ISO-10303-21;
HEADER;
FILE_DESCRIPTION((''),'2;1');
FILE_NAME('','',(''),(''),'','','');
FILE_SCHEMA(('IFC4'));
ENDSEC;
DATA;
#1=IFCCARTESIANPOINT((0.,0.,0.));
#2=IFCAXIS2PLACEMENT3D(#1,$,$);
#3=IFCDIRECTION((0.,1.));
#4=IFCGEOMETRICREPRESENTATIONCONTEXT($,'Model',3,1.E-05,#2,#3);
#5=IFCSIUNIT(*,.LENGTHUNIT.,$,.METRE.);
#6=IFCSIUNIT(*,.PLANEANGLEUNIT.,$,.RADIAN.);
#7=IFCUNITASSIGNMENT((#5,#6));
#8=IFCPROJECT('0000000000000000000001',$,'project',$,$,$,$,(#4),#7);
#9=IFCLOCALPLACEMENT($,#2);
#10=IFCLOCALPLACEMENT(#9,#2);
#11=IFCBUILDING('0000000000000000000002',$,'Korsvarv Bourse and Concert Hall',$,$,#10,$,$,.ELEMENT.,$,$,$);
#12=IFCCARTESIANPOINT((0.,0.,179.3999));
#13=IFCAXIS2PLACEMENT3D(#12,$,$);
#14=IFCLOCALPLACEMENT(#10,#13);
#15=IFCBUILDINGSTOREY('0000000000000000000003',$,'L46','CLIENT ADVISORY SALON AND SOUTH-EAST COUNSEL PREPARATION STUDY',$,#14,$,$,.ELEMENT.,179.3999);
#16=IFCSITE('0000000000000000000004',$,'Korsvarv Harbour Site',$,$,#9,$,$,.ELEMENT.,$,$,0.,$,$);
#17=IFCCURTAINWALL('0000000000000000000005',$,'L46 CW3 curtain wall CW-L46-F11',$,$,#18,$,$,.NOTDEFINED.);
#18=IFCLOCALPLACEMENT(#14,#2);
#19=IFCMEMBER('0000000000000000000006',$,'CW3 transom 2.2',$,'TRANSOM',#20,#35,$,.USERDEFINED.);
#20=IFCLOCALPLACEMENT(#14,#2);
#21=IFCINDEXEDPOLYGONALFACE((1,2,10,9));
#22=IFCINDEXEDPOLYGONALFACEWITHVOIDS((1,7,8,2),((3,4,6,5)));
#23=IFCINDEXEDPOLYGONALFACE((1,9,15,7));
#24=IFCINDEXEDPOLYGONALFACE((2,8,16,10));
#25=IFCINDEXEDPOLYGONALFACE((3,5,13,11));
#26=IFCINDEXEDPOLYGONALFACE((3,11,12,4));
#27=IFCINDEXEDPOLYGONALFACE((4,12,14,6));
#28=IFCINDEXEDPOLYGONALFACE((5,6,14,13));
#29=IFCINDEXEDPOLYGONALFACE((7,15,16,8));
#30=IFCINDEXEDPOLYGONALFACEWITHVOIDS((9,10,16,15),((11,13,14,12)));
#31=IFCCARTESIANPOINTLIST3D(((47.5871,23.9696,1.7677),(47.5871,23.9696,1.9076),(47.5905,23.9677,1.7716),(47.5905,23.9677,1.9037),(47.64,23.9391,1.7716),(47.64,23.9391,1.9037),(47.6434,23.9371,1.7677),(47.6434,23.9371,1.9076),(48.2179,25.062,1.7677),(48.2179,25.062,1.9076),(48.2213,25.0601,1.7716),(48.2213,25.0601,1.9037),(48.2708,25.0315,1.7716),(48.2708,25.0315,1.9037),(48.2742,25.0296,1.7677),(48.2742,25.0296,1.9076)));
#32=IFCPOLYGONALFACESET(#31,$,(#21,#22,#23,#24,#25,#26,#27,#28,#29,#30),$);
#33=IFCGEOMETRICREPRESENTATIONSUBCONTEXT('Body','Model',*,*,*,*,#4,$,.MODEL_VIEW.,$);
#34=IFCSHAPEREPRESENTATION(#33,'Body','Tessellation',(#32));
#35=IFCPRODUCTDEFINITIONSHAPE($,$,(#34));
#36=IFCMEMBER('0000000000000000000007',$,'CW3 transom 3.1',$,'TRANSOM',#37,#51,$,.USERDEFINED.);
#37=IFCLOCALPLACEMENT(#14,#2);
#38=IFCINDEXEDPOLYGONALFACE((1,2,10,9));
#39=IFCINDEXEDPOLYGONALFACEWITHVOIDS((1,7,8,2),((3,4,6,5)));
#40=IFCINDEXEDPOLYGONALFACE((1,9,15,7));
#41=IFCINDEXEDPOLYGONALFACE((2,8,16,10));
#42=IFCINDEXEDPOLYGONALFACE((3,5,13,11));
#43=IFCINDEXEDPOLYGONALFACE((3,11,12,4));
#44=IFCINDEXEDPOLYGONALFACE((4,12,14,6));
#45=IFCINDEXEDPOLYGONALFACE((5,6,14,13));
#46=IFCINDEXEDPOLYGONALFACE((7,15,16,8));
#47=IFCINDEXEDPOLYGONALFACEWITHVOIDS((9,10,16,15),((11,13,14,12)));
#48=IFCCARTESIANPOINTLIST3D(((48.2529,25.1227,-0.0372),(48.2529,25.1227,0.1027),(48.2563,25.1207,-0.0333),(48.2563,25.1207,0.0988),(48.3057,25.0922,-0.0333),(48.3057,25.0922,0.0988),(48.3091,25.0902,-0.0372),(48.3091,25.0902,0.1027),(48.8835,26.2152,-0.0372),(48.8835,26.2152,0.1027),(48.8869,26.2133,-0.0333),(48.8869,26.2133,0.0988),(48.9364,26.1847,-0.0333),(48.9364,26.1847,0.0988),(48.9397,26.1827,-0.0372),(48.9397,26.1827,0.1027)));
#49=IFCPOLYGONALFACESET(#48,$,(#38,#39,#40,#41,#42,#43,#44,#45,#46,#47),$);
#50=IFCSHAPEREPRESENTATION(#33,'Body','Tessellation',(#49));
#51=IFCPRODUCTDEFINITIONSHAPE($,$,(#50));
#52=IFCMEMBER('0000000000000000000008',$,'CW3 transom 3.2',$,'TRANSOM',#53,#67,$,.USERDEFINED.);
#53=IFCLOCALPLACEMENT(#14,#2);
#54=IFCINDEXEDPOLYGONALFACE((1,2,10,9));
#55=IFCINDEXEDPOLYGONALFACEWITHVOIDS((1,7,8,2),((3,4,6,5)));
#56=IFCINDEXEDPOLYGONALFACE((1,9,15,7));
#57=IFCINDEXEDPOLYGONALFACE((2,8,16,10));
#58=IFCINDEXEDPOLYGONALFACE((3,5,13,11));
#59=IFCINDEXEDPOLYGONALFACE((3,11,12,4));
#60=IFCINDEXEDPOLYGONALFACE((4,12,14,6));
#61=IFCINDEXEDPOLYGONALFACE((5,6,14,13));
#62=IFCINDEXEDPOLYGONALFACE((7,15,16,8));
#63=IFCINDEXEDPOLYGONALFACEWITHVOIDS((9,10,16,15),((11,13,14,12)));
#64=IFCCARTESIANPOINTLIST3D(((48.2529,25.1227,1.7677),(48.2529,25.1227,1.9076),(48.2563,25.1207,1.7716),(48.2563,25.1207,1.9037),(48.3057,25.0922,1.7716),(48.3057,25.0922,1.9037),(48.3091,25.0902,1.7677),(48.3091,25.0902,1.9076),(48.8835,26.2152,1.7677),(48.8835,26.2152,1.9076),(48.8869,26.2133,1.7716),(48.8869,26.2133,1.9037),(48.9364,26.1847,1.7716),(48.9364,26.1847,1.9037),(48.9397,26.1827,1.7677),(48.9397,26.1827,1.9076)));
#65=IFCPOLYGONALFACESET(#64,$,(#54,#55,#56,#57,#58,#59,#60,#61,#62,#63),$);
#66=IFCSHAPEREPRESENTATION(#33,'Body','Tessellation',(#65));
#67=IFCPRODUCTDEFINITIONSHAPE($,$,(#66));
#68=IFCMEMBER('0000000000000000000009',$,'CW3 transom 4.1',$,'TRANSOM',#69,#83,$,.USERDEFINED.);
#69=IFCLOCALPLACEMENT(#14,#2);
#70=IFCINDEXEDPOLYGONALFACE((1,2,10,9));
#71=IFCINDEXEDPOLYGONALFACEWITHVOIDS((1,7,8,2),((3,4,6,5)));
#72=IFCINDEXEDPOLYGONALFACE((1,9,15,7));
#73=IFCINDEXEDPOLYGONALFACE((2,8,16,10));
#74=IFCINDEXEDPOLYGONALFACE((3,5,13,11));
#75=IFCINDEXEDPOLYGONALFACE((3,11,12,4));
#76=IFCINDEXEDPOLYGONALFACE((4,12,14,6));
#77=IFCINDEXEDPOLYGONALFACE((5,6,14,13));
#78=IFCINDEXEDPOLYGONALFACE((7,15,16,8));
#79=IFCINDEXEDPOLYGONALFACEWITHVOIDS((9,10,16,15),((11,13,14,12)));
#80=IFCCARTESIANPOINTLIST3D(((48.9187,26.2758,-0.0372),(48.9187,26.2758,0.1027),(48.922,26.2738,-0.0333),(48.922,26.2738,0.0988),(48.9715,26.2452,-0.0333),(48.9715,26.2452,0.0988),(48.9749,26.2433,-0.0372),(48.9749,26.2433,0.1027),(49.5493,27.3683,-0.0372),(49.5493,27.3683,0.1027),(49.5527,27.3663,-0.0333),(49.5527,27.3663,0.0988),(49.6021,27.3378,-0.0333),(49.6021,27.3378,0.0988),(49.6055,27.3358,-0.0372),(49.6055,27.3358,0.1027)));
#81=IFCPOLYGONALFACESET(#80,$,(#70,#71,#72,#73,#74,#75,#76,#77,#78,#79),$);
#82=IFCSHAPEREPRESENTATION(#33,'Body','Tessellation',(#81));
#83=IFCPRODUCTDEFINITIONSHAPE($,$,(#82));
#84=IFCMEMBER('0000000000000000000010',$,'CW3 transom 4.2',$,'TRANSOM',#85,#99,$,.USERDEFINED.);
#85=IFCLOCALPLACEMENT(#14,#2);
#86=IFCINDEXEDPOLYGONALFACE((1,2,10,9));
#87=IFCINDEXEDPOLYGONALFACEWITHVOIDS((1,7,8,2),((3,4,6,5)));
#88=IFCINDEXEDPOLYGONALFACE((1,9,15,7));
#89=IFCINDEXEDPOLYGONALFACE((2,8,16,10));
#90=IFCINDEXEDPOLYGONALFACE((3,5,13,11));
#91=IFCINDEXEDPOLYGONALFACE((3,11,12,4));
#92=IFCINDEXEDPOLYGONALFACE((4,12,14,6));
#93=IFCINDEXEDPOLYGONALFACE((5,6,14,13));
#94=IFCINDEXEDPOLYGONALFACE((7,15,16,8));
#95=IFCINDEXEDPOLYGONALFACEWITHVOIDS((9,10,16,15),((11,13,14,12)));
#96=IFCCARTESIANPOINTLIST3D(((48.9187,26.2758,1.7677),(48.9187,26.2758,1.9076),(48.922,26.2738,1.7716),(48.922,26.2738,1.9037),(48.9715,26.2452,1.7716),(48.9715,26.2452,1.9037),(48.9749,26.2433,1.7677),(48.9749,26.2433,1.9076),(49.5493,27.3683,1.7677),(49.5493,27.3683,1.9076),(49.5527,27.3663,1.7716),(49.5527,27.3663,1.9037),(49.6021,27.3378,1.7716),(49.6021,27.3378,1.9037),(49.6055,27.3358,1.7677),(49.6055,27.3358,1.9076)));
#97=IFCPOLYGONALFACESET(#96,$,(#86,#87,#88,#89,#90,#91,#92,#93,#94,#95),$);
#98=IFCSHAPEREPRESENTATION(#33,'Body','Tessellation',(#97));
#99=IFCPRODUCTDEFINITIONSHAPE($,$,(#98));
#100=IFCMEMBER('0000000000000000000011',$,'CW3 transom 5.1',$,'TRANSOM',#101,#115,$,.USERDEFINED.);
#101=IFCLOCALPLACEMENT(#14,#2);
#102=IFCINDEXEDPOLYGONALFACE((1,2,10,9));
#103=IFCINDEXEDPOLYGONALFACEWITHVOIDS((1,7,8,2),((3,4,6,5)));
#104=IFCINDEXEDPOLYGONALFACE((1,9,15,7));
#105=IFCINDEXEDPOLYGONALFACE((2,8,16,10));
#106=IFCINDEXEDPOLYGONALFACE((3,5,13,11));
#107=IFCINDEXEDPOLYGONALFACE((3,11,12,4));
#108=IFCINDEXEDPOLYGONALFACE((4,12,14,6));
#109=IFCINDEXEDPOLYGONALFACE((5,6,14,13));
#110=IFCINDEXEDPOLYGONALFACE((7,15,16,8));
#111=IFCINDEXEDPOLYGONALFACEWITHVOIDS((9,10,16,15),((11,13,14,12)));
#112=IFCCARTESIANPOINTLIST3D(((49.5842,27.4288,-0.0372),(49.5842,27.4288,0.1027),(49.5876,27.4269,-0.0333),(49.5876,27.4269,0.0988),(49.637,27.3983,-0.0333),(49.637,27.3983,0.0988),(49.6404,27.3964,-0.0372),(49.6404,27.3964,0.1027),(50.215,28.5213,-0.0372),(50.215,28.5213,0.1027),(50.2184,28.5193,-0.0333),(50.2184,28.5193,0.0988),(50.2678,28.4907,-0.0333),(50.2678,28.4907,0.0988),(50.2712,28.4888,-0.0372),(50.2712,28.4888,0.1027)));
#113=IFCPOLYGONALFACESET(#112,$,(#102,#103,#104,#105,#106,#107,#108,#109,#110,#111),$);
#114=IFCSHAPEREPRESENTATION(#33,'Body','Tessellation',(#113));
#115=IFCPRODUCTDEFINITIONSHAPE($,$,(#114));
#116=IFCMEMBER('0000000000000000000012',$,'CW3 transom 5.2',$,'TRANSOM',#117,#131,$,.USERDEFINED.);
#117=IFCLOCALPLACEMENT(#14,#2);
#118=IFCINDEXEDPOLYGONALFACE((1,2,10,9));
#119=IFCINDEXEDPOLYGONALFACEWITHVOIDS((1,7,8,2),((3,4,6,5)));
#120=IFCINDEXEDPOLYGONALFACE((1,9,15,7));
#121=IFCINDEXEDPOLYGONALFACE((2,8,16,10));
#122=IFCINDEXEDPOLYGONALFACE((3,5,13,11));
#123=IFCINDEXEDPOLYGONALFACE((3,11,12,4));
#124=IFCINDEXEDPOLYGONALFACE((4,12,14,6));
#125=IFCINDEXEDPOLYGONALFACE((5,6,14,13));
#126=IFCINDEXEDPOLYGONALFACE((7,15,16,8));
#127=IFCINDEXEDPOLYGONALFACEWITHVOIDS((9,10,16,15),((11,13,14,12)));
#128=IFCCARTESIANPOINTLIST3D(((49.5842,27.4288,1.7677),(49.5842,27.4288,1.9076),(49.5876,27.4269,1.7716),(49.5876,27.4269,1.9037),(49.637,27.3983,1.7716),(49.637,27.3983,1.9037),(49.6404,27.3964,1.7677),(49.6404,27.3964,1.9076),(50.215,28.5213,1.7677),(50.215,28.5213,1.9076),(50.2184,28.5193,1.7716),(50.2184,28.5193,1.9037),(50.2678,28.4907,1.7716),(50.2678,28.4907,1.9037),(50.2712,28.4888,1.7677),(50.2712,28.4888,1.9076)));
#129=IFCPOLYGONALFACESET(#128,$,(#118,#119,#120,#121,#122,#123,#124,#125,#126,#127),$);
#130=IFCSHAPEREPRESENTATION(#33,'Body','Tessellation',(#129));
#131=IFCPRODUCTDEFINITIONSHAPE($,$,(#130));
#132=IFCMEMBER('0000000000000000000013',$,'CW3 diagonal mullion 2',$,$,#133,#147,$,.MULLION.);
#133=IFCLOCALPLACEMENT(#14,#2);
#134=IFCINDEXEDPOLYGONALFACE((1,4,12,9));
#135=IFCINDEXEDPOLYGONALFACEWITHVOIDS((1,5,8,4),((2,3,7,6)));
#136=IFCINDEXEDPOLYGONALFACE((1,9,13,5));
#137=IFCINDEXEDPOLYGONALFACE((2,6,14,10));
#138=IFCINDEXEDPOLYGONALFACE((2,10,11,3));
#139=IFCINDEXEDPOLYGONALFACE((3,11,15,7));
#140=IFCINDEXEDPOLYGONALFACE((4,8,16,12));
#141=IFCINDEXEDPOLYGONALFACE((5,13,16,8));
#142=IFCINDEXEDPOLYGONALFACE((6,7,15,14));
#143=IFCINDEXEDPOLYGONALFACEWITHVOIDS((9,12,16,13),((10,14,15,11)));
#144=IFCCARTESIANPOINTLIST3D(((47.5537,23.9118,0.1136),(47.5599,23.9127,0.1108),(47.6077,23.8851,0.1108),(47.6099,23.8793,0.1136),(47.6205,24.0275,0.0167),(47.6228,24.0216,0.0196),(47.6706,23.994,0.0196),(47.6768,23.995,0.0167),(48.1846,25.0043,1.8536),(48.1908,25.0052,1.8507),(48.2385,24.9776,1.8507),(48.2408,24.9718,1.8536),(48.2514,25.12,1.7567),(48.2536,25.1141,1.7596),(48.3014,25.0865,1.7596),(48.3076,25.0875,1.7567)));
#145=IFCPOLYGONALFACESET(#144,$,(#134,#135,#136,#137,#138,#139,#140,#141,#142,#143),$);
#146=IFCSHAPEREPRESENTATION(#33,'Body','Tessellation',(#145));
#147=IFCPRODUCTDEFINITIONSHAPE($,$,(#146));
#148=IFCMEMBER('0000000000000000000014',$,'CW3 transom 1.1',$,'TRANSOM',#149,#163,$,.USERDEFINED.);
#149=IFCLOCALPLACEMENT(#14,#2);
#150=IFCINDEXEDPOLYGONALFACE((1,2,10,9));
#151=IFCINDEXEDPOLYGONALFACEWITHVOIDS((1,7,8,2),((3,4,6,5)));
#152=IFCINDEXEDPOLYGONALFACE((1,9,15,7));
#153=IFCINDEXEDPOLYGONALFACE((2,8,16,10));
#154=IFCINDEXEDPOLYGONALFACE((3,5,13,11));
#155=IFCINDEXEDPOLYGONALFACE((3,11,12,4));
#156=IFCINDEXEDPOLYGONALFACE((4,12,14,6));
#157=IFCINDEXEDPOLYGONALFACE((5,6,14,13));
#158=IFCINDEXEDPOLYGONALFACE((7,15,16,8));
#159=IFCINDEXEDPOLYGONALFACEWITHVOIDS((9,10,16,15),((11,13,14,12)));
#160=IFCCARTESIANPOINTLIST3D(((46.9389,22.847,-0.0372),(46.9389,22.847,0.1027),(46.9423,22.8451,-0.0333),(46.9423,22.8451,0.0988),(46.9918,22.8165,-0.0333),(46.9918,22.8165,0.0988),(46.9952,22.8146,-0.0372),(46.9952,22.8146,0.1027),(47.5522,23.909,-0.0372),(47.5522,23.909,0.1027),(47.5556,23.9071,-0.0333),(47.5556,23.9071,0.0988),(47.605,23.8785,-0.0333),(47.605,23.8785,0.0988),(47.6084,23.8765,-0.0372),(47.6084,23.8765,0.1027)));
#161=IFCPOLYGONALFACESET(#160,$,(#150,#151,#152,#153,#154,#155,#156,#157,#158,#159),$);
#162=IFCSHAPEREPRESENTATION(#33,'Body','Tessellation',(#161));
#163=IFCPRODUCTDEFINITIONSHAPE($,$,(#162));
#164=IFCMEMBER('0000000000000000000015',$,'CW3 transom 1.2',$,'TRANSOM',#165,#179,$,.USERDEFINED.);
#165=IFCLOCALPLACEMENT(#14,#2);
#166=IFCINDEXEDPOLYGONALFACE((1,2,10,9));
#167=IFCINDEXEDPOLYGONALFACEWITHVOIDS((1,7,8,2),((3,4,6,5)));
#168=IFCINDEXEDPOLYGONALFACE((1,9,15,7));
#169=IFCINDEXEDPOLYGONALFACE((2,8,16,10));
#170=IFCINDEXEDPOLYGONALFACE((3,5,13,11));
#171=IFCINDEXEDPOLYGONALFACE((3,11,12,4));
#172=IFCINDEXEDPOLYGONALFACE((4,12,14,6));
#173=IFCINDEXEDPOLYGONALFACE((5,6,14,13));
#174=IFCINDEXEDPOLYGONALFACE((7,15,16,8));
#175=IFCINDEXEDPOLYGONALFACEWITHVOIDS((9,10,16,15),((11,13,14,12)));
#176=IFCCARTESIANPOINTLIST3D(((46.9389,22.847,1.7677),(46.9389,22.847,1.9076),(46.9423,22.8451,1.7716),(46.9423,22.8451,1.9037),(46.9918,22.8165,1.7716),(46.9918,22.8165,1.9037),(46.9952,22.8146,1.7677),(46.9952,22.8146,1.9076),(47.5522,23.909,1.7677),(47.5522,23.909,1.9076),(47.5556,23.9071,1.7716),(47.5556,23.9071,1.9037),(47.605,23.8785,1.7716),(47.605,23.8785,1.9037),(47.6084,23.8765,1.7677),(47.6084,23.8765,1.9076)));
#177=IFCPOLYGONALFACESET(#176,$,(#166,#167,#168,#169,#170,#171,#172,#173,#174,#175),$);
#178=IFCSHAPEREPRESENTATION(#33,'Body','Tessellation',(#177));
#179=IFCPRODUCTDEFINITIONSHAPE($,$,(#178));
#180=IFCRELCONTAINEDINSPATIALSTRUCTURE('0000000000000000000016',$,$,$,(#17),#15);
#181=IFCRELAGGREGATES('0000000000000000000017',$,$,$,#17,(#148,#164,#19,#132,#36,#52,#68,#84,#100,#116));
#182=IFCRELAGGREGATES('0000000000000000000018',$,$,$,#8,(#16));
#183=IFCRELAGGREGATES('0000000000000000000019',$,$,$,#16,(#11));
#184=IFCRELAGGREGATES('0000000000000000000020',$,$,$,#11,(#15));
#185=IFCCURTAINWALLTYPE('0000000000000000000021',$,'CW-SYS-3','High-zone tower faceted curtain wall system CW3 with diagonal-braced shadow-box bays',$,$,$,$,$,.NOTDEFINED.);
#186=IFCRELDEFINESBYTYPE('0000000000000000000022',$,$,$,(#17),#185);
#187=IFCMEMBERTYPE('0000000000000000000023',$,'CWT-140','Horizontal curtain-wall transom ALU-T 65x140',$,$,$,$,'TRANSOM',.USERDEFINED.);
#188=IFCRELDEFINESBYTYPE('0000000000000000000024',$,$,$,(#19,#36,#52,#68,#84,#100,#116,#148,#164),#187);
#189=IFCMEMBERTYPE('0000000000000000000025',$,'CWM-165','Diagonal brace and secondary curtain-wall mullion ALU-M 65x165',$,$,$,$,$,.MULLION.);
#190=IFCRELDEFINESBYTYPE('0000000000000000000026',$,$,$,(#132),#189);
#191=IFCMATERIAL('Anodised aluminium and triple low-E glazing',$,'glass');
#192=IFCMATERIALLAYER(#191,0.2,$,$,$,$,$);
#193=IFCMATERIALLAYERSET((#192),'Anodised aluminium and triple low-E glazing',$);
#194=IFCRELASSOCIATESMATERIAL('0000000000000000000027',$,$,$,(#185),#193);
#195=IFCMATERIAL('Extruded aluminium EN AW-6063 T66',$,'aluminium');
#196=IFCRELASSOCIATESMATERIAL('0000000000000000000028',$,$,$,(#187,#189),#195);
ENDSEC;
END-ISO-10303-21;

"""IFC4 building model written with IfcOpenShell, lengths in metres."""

from ifc_helpers import new_model, si_unit, direction, frame, origin, origin_2d, place, context, subcontext, project, spatial, hollow_rectangle, extrude, source, transform, mapped, material, layer, layer_set, material_profile, profile_set, type_object, element, aggregate, save


model = new_model("IFC4")

# Units and contexts
model_context = context("Model", 3, precision=1e-05, world=origin(), true_north=direction((0.0, 1.0)))
body_context = subcontext(model_context, "Body", "Model", "MODEL_VIEW")
ifc_project = project(units=[si_unit("LENGTHUNIT", "METRE"), si_unit("PLANEANGLEUNIT", "RADIAN")], contexts=[model_context])

# Site, building, storey
site_placement = place(None, origin())
site = spatial("IfcSite", under=ifc_project, at=site_placement, Name="Korsvarv Harbour Site", CompositionType="ELEMENT", RefElevation=0.0)
building_placement = place(site_placement, origin())
building = spatial("IfcBuilding", under=site, at=building_placement, Name="Korsvarv Bourse and Concert Hall", CompositionType="ELEMENT")
storey_placement = place(building_placement, frame((0.0, 0.0, 179.3999)))
storey = spatial("IfcBuildingStorey", under=building, at=storey_placement, Name="L46", Description="CLIENT ADVISORY SALON AND SOUTH-EAST COUNSEL PREPARATION STUDY", CompositionType="ELEMENT", Elevation=179.3999)

# Curtain wall, members
ifc_material_1 = material(Name="Anodised aluminium and triple low-E glazing", Category="glass")
ifc_layer_1 = layer(ifc_material_1, 0.2)
ifc_layer_set_1 = layer_set([ifc_layer_1], Name="Anodised aluminium and triple low-E glazing")
curtain_wall_type = type_object("IfcCurtainWallType", Name="CW-SYS-3", Description="High-zone tower faceted curtain wall system CW3 with diagonal-braced shadow-box bays", PredefinedType="NOTDEFINED", material=ifc_layer_set_1)
curtain_wall_placement = place(storey_placement, origin())
curtain_wall = element("IfcCurtainWall", 1, at=curtain_wall_placement, inside=storey, type_object=curtain_wall_type, Name="L46 CW3 curtain wall CW-L46-F11", PredefinedType="NOTDEFINED")
ifc_material_2 = material(Name="Extruded aluminium EN AW-6063 T66", Category="aluminium")
ifc_material_profile_1 = material_profile(ifc_material_2, hollow_rectangle(XDim=0.0649, YDim=0.1399, WallThickness=0.0039, at=origin_2d()), Name="ALU-T 65x140")
ifc_profile_set_1 = profile_set([ifc_material_profile_1], Name="Extruded aluminium EN AW-6063 T66")
member_type_1 = type_object("IfcMemberType", Name="CWT-140", Description="Horizontal curtain-wall transom ALU-T 65x140", ElementType="TRANSOM", PredefinedType="USERDEFINED", material=ifc_profile_set_1)
shared_shape_1 = source(origin(), body_context, "Body", "SweptSolid", [
    extrude(hollow_rectangle(XDim=0.0649, YDim=0.1399, WallThickness=0.0039, at=origin_2d()), origin(), (0.0, 0.0, 1.0), 1.2615),
])
member_1_placement = place(storey_placement, frame((47.6152, 23.9534, 1.8376), z_axis=(0.500052, 0.865995, 0.0), x_axis=(-0.865995, 0.500052, 0.0)))
member_1 = element("IfcMember", 2, at=member_1_placement, type_object=member_type_1, Name="CW3 transom 2.2", ObjectType="TRANSOM", PredefinedType="USERDEFINED", context=body_context, shape_type="MappedRepresentation", body=[
    mapped(shared_shape_1, transform((0.0, 0.0, 0.0), scale=1.0)),
])
member_2_placement = place(storey_placement, frame((48.281, 25.1064, 0.0327), z_axis=(0.499907, 0.866079, 0.0), x_axis=(-0.866079, 0.499907, 0.0)))
member_2 = element("IfcMember", 3, at=member_2_placement, type_object=member_type_1, Name="CW3 transom 3.1", ObjectType="TRANSOM", PredefinedType="USERDEFINED", context=body_context, shape_type="MappedRepresentation", body=[
    mapped(shared_shape_1, transform((0.0, 0.0, 0.0), scale=1.0)),
])
member_3_placement = place(storey_placement, frame((48.281, 25.1064, 1.8376), z_axis=(0.499907, 0.866079, 0.0), x_axis=(-0.866079, 0.499907, 0.0)))
member_3 = element("IfcMember", 4, at=member_3_placement, type_object=member_type_1, Name="CW3 transom 3.2", ObjectType="TRANSOM", PredefinedType="USERDEFINED", context=body_context, shape_type="MappedRepresentation", body=[
    mapped(shared_shape_1, transform((0.0, 0.0, 0.0), scale=1.0)),
])
member_4_placement = place(storey_placement, frame((48.9468, 26.2595, 0.0327), z_axis=(0.499907, 0.866079, 0.0), x_axis=(-0.866079, 0.499907, 0.0)))
member_4 = element("IfcMember", 5, at=member_4_placement, type_object=member_type_1, Name="CW3 transom 4.1", ObjectType="TRANSOM", PredefinedType="USERDEFINED", context=body_context, shape_type="MappedRepresentation", body=[
    mapped(shared_shape_1, transform((0.0, 0.0, 0.0), scale=1.0)),
])
member_5_placement = place(storey_placement, frame((48.9468, 26.2595, 1.8376), z_axis=(0.499907, 0.866079, 0.0), x_axis=(-0.866079, 0.499907, 0.0)))
member_5 = element("IfcMember", 6, at=member_5_placement, type_object=member_type_1, Name="CW3 transom 4.2", ObjectType="TRANSOM", PredefinedType="USERDEFINED", context=body_context, shape_type="MappedRepresentation", body=[
    mapped(shared_shape_1, transform((0.0, 0.0, 0.0), scale=1.0)),
])
member_6_placement = place(storey_placement, frame((49.6123, 27.4126, 0.0327), z_axis=(0.500052, 0.865995, 0.0), x_axis=(-0.865995, 0.500052, 0.0)))
member_6 = element("IfcMember", 7, at=member_6_placement, type_object=member_type_1, Name="CW3 transom 5.1", ObjectType="TRANSOM", PredefinedType="USERDEFINED", context=body_context, shape_type="MappedRepresentation", body=[
    mapped(shared_shape_1, transform((0.0, 0.0, 0.0), scale=1.0)),
])
member_7_placement = place(storey_placement, frame((49.6123, 27.4126, 1.8376), z_axis=(0.500052, 0.865995, 0.0), x_axis=(-0.865995, 0.500052, 0.0)))
member_7 = element("IfcMember", 8, at=member_7_placement, type_object=member_type_1, Name="CW3 transom 5.2", ObjectType="TRANSOM", PredefinedType="USERDEFINED", context=body_context, shape_type="MappedRepresentation", body=[
    mapped(shared_shape_1, transform((0.0, 0.0, 0.0), scale=1.0)),
])
ifc_material_profile_2 = material_profile(ifc_material_2, hollow_rectangle(XDim=0.0649, YDim=0.165, WallThickness=0.0049, at=origin_2d()), Name="ALU-M 65x165")
ifc_profile_set_2 = profile_set([ifc_material_profile_2], Name="Extruded aluminium EN AW-6063 T66")
member_type_2 = type_object("IfcMemberType", Name="CWM-165", Description="Diagonal brace and secondary curtain-wall mullion ALU-M 65x165", PredefinedType="MULLION", material=ifc_profile_set_2)
shared_shape_2 = source(origin(), body_context, "Body", "SweptSolid", [
    extrude(hollow_rectangle(XDim=0.0649, YDim=0.165, WallThickness=0.0049, at=origin_2d()), origin(), (0.0, 0.0, 1.0), 2.1492),
])
member_8_placement = place(storey_placement, frame((47.6152, 23.9534, 0.0652), z_axis=(0.293529, 0.508336, 0.809589), x_axis=(-0.865995, 0.500052, 0.0)))
member_8 = element("IfcMember", 9, at=member_8_placement, type_object=member_type_2, Name="CW3 diagonal mullion 2", PredefinedType="MULLION", context=body_context, shape_type="MappedRepresentation", body=[
    mapped(shared_shape_2, transform((0.0, 0.0, 0.0), scale=1.0)),
])
shared_shape_3 = source(origin(), body_context, "Body", "SweptSolid", [
    extrude(hollow_rectangle(XDim=0.0649, YDim=0.1399, WallThickness=0.0039, at=origin_2d()), origin(), (0.0, 0.0, 1.0), 1.2263),
])
member_9_placement = place(storey_placement, frame((46.967, 22.8308, 0.0327), z_axis=(0.500079, 0.86598, 0.0), x_axis=(-0.86598, 0.500079, 0.0)))
member_9 = element("IfcMember", 10, at=member_9_placement, type_object=member_type_1, Name="CW3 transom 1.1", ObjectType="TRANSOM", PredefinedType="USERDEFINED", context=body_context, shape_type="MappedRepresentation", body=[
    mapped(shared_shape_3, transform((0.0, 0.0, 0.0), scale=1.0)),
])
member_10_placement = place(storey_placement, frame((46.967, 22.8308, 1.8376), z_axis=(0.500079, 0.86598, 0.0), x_axis=(-0.86598, 0.500079, 0.0)))
member_10 = element("IfcMember", 11, at=member_10_placement, type_object=member_type_1, Name="CW3 transom 1.2", ObjectType="TRANSOM", PredefinedType="USERDEFINED", context=body_context, shape_type="MappedRepresentation", body=[
    mapped(shared_shape_3, transform((0.0, 0.0, 0.0), scale=1.0)),
])
aggregate(curtain_wall, [member_9, member_10, member_1, member_8, member_2, member_3, member_4, member_5, member_6, member_7])

save(model, "model.ifc")
